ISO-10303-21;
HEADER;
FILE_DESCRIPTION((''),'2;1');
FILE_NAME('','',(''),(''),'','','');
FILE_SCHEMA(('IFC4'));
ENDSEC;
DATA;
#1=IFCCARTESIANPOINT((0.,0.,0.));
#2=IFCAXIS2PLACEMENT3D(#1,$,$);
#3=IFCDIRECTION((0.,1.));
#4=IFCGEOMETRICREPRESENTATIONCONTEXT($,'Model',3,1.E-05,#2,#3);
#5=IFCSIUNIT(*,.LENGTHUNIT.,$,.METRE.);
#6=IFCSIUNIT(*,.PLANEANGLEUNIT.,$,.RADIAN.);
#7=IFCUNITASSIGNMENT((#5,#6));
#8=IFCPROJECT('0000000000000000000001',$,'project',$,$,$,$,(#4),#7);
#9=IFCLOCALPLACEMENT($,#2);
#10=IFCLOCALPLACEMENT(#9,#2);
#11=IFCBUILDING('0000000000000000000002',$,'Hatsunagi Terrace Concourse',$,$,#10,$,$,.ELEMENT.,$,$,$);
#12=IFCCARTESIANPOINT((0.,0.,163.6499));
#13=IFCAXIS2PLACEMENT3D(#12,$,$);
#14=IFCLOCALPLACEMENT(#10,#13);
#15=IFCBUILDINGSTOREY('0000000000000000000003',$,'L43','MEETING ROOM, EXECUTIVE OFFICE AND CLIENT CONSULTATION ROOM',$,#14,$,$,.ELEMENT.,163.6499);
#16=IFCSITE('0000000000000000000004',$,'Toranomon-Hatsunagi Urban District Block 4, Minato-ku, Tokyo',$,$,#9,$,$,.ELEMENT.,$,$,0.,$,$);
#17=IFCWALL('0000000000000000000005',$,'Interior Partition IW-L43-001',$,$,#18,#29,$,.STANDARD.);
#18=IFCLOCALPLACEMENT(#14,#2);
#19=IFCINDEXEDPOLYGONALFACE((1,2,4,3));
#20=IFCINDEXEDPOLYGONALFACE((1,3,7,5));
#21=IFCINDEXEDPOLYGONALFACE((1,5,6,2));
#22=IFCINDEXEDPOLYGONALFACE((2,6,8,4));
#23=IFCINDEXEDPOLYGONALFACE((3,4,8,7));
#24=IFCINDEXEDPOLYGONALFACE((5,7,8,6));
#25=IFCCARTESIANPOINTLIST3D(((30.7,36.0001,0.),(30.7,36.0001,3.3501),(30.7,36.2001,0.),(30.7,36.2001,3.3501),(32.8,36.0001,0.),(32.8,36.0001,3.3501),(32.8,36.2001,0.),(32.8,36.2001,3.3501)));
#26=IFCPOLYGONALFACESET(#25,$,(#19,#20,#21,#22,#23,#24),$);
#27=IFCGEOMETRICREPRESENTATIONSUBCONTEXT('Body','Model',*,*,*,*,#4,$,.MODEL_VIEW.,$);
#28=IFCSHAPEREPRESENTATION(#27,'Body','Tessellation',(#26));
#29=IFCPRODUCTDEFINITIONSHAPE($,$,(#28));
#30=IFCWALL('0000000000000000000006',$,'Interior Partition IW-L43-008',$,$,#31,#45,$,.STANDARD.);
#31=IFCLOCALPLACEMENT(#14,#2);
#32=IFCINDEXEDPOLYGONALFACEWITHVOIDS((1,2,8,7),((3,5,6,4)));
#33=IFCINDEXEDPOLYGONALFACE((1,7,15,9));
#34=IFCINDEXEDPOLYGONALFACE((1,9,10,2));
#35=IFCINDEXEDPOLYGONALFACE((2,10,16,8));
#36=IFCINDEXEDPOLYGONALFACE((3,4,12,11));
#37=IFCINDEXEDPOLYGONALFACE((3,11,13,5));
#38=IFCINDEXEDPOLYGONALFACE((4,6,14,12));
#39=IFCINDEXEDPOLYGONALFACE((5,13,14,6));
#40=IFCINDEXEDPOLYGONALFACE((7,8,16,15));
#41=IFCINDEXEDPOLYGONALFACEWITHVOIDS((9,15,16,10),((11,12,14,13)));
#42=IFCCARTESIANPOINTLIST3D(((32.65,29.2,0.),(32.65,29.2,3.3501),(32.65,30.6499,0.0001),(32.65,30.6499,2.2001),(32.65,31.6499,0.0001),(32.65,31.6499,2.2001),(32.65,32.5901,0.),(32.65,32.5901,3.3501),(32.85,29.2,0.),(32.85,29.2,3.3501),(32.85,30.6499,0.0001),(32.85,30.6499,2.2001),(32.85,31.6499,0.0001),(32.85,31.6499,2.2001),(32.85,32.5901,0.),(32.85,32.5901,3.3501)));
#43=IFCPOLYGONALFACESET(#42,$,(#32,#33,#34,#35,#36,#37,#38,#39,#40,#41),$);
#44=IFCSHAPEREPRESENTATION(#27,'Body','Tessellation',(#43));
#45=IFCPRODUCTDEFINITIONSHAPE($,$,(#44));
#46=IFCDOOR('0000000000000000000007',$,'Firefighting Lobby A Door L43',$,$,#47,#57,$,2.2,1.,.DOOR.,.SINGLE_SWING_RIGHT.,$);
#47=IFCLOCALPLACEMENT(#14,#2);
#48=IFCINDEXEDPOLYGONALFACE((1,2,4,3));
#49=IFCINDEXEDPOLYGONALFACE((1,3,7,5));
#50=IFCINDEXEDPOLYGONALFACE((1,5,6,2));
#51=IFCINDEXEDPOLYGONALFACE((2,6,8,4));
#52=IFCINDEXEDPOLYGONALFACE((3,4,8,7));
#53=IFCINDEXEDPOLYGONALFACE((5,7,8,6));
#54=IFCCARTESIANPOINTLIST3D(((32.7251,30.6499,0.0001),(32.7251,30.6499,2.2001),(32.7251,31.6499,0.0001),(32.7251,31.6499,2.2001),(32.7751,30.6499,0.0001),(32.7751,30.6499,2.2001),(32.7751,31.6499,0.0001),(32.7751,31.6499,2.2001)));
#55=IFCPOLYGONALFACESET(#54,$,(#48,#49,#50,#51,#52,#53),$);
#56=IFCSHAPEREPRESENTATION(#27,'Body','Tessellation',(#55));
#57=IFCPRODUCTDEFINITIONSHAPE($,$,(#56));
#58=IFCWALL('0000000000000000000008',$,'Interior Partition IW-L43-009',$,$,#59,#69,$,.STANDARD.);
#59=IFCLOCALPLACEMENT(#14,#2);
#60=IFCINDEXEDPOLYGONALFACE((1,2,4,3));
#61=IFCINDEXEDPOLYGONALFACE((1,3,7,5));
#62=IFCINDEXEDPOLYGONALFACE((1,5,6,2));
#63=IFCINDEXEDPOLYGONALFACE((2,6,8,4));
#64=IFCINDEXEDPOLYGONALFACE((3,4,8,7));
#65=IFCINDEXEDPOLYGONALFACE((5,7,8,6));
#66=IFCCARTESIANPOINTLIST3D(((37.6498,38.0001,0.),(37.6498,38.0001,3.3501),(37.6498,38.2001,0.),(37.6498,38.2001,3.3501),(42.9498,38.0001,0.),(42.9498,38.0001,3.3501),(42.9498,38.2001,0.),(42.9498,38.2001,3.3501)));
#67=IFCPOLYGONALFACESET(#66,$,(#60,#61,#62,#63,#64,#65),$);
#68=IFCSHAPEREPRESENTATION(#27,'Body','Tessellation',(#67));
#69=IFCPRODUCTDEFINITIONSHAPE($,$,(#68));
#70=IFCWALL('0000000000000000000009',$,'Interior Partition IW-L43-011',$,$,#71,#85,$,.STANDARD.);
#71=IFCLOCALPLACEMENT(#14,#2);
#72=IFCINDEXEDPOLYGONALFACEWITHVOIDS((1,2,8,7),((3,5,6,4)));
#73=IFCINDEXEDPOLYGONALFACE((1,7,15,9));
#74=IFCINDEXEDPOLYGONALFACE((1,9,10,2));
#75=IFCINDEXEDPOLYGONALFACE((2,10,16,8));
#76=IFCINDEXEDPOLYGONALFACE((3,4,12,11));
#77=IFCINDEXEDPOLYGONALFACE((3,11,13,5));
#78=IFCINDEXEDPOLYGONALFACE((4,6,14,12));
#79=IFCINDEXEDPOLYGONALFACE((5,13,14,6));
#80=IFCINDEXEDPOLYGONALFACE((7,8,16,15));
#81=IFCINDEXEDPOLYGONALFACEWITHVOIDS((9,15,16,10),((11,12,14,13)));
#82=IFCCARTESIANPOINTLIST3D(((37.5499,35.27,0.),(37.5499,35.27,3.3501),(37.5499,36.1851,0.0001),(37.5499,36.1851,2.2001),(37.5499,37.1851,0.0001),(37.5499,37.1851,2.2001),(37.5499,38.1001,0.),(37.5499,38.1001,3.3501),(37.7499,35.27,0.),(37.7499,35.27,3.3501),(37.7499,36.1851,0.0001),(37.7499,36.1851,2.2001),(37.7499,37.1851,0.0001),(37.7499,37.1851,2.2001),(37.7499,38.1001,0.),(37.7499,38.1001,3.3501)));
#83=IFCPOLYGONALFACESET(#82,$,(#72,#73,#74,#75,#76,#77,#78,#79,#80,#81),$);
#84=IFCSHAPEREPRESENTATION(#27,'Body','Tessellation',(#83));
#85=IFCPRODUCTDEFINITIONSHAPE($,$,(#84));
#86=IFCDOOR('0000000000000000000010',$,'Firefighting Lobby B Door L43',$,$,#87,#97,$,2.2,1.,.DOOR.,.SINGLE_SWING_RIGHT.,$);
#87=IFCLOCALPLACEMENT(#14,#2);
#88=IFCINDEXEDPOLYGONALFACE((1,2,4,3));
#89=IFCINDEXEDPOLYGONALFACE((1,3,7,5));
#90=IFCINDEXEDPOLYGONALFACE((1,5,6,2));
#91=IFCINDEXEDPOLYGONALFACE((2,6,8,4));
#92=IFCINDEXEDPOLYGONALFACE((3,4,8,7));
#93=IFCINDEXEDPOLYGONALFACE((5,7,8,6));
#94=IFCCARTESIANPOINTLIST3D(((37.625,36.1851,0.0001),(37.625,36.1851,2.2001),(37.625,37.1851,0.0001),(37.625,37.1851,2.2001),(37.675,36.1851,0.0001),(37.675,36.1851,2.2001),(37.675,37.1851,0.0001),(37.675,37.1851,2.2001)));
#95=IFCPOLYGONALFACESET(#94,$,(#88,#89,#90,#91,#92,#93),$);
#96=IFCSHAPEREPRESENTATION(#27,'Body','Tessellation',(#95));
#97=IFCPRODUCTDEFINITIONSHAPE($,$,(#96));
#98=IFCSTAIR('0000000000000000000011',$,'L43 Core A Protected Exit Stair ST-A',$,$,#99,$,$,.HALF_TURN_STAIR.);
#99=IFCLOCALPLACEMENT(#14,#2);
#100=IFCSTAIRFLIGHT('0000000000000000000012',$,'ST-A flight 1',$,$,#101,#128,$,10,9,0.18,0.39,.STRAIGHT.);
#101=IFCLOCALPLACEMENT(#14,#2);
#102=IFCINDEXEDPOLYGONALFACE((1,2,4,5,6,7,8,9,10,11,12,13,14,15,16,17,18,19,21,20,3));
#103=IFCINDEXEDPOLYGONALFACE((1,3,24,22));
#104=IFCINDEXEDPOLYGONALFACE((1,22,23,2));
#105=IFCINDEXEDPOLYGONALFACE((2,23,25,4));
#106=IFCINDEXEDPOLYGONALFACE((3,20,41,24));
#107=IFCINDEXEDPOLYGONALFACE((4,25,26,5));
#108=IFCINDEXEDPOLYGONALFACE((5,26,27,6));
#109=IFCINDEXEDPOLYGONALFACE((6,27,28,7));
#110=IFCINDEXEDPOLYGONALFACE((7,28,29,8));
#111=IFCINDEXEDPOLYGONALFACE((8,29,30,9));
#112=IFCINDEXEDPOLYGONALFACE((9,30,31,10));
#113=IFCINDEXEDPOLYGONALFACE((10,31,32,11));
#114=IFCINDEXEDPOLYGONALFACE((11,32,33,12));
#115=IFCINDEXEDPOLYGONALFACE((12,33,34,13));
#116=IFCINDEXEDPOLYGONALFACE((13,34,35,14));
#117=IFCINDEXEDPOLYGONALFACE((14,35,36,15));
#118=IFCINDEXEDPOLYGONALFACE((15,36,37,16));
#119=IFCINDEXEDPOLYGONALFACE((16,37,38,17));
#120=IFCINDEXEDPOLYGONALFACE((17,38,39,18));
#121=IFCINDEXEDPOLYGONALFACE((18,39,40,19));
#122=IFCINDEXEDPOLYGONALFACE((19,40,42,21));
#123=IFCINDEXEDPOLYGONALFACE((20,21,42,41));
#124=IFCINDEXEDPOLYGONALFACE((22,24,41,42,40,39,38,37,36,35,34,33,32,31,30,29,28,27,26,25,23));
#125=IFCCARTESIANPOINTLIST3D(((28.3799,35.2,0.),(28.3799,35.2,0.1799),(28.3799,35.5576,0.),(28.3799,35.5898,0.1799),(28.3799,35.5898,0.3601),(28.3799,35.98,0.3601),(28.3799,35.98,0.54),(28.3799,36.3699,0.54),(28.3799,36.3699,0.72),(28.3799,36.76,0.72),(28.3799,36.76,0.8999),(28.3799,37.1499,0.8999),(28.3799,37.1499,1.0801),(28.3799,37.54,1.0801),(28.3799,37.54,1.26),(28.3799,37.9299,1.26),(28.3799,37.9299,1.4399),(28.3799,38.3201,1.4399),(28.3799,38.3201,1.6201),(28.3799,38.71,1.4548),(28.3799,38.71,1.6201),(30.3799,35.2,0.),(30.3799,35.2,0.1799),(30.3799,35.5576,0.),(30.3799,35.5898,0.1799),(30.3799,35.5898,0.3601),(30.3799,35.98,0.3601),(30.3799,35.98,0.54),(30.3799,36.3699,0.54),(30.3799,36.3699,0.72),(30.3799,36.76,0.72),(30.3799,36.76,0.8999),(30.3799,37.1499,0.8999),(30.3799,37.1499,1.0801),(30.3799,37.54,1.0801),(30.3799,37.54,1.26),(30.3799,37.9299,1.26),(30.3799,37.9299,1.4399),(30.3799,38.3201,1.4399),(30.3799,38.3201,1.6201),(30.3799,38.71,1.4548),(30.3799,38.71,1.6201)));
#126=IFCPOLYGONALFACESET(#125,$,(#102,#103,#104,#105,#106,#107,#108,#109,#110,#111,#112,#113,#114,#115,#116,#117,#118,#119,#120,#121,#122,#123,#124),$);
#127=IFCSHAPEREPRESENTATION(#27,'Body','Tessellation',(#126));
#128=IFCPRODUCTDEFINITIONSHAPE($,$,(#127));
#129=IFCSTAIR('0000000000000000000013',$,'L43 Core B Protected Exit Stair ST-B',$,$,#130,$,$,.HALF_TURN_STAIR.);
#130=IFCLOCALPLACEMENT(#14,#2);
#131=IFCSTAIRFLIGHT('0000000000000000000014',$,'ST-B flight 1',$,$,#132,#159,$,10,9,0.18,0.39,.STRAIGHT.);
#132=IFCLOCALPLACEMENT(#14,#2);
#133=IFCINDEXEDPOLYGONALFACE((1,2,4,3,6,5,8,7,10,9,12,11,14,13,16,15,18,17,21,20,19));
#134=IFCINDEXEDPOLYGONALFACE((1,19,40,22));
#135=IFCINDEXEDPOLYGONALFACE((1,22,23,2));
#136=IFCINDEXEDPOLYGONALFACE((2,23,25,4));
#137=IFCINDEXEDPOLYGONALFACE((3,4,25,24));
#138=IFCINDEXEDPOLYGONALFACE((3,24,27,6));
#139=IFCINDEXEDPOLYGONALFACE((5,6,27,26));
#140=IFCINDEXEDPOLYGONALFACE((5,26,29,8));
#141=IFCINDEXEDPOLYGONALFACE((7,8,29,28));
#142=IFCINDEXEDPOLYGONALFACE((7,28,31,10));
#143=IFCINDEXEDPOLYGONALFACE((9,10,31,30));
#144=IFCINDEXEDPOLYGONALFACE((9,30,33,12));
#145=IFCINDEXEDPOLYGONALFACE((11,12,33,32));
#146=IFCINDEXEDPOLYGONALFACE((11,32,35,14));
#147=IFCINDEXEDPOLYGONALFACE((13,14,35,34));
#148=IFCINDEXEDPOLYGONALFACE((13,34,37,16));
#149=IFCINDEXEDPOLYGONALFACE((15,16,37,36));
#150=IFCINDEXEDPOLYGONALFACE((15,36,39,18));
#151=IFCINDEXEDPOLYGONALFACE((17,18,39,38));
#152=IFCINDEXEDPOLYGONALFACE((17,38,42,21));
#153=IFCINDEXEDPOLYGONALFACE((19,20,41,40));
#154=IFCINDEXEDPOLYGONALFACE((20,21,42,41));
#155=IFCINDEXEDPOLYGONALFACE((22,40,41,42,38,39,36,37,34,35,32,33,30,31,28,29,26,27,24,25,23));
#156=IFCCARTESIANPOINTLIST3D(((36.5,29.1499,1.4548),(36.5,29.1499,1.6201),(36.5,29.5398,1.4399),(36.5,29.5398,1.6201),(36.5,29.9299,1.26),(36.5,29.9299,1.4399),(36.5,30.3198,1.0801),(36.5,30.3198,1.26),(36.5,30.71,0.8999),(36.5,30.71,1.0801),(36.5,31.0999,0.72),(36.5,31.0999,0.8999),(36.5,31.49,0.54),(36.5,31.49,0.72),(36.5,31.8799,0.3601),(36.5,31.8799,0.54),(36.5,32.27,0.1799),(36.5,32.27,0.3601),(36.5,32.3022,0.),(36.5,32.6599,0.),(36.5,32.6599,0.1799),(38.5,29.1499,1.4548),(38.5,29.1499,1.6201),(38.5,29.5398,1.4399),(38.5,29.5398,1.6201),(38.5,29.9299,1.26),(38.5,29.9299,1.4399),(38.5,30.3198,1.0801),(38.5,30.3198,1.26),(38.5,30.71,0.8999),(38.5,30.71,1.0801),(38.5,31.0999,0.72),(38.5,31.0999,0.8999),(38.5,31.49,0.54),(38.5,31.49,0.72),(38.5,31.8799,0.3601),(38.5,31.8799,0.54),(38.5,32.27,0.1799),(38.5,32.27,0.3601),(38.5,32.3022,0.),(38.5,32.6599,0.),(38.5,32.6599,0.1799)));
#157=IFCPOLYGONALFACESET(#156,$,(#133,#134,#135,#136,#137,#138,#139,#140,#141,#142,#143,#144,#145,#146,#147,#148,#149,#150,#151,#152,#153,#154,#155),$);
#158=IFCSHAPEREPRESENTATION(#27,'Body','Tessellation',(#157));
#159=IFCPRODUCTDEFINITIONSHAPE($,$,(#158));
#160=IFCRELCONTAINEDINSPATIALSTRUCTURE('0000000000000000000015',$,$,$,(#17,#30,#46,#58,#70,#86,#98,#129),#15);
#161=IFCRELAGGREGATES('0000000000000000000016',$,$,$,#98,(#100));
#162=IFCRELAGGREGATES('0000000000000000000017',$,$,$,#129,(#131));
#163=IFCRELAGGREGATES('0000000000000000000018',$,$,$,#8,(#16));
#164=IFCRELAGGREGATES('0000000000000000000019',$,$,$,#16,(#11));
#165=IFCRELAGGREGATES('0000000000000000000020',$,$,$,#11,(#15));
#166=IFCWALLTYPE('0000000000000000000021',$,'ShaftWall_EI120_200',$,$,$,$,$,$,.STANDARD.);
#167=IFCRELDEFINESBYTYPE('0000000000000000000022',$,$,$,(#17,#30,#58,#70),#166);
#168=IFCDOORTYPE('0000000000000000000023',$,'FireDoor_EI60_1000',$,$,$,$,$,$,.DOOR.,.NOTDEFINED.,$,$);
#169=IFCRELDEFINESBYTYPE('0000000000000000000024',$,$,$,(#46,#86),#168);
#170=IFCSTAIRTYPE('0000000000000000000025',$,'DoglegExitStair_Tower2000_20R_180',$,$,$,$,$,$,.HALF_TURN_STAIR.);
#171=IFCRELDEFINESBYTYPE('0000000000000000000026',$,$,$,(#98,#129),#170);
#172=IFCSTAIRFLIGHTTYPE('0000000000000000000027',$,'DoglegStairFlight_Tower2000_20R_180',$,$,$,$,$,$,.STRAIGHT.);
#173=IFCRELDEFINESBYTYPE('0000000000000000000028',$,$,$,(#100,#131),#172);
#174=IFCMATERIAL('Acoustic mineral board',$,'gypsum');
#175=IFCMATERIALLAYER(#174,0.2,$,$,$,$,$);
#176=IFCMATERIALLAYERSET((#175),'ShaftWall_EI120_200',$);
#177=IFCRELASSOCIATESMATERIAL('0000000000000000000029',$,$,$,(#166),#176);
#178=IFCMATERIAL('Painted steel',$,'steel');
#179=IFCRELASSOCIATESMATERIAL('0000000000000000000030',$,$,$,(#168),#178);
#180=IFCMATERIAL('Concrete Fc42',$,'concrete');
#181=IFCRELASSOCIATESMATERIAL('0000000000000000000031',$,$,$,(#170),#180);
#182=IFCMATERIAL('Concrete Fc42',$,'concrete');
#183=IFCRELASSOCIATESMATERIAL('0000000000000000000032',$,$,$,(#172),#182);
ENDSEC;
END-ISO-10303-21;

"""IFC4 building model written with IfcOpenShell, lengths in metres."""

from ifc_helpers import new_model, si_unit, direction, frame, frame_2d, origin, place, context, subcontext, project, spatial, polyline, rectangle, outline, extrude, material, layer, layer_set, type_object, element, fill, aggregate, save


model = new_model("IFC4")

# Units and contexts
model_context = context("Model", 3, precision=1e-05, world=origin(), true_north=direction((0.0, 1.0)))
body_context = subcontext(model_context, "Body", "Model", "MODEL_VIEW")
ifc_project = project(units=[si_unit("LENGTHUNIT", "METRE"), si_unit("PLANEANGLEUNIT", "RADIAN")], contexts=[model_context])

# Site, building, storey
site_placement = place(None, origin())
site = spatial("IfcSite", under=ifc_project, at=site_placement, Name="Toranomon-Hatsunagi Urban District Block 4, Minato-ku, Tokyo", CompositionType="ELEMENT", RefElevation=0.0)
building_placement = place(site_placement, origin())
building = spatial("IfcBuilding", under=site, at=building_placement, Name="Hatsunagi Terrace Concourse", CompositionType="ELEMENT")
storey_placement = place(building_placement, frame((0.0, 0.0, 163.6499)))
storey = spatial("IfcBuildingStorey", under=building, at=storey_placement, Name="L43", Description="MEETING ROOM, EXECUTIVE OFFICE AND CLIENT CONSULTATION ROOM", CompositionType="ELEMENT", Elevation=163.6499)

# Wall
ifc_material_1 = material(Name="Acoustic mineral board", Category="gypsum")
ifc_layer_1 = layer(ifc_material_1, 0.2)
ifc_layer_set_1 = layer_set([ifc_layer_1], Name="ShaftWall_EI120_200")
wall_type_1 = type_object("IfcWallType", Name="ShaftWall_EI120_200", PredefinedType="STANDARD", material=ifc_layer_set_1)
wall_1_placement = place(storey_placement, frame((30.7, 36.1001, 0.0), z_axis=(0.0, 0.0, 1.0), x_axis=(1.0, 0.0, 0.0)))
element("IfcWall", 1, at=wall_1_placement, inside=storey, type_object=wall_type_1, Name="Interior Partition IW-L43-001", PredefinedType="STANDARD", context=body_context, shape_type="SweptSolid", body=[
    extrude(rectangle(XDim=2.1001, YDim=0.2, at=frame_2d((1.05, 0.0))), origin(), (0.0, 0.0, 1.0), 3.3501),
])

# Wall, opening, door
wall_2_placement = place(storey_placement, frame((32.75, 29.2, 0.0), z_axis=(0.0, 0.0, 1.0), x_axis=(0.0, 1.0, 0.0)))
wall_2 = element("IfcWall", 2, at=wall_2_placement, inside=storey, type_object=wall_type_1, Name="Interior Partition IW-L43-008", PredefinedType="STANDARD", context=body_context, shape_type="SweptSolid", body=[
    extrude(rectangle(XDim=3.3901, YDim=0.2, at=frame_2d((1.6951, 0.0))), origin(), (0.0, 0.0, 1.0), 3.3501),
])
opening_1_placement = place(wall_2_placement, frame((1.45, 0.0, 0.0)))
opening_1 = element("IfcOpeningElement", 3, at=opening_1_placement, cuts=wall_2, PredefinedType="OPENING", context=body_context, shape_type="SweptSolid", body=[
    extrude(rectangle(XDim=1.0, YDim=2.2, at=frame_2d((0.5, 1.1001))), frame((0.0, 0.1099, 0.0), z_axis=(0.0, -1.0, 0.0), x_axis=(1.0, 0.0, 0.0)), (0.0, 0.0, 1.0), 0.22),
])
ifc_material_2 = material(Name="Painted steel", Category="steel")
door_type_1 = type_object("IfcDoorType", Name="FireDoor_EI60_1000", OperationType="NOTDEFINED", PredefinedType="DOOR", material=ifc_material_2)
door_1_placement = place(opening_1_placement, origin())
door_1 = element("IfcDoor", 4, at=door_1_placement, inside=storey, type_object=door_type_1, Name="Firefighting Lobby A Door L43", OperationType="SINGLE_SWING_RIGHT", OverallHeight=2.2, OverallWidth=1.0, PredefinedType="DOOR", context=body_context, shape_type="SweptSolid", body=[
    extrude(rectangle(XDim=1.0, YDim=2.2, at=frame_2d((0.5, 1.1001))), frame((0.0, 0.0249, 0.0), z_axis=(0.0, -1.0, 0.0), x_axis=(1.0, 0.0, 0.0)), (0.0, 0.0, 1.0), 0.05),
])
fill(opening_1, door_1)

# Wall
wall_3_placement = place(storey_placement, frame((37.6499, 38.1001, 0.0), z_axis=(0.0, 0.0, 1.0), x_axis=(1.0, 0.0, 0.0)))
element("IfcWall", 5, at=wall_3_placement, inside=storey, type_object=wall_type_1, Name="Interior Partition IW-L43-009", PredefinedType="STANDARD", context=body_context, shape_type="SweptSolid", body=[
    extrude(rectangle(XDim=5.3, YDim=0.2, at=frame_2d((2.6499, 0.0))), origin(), (0.0, 0.0, 1.0), 3.3501),
])

# Wall, opening, door
wall_4_placement = place(storey_placement, frame((37.6499, 35.27, 0.0), z_axis=(0.0, 0.0, 1.0), x_axis=(0.0, 1.0, 0.0)))
wall_4 = element("IfcWall", 6, at=wall_4_placement, inside=storey, type_object=wall_type_1, Name="Interior Partition IW-L43-011", PredefinedType="STANDARD", context=body_context, shape_type="SweptSolid", body=[
    extrude(rectangle(XDim=2.8301, YDim=0.2, at=frame_2d((1.415, 0.0))), origin(), (0.0, 0.0, 1.0), 3.3501),
])
opening_2_placement = place(wall_4_placement, frame((0.915, 0.0, 0.0)))
opening_2 = element("IfcOpeningElement", 7, at=opening_2_placement, cuts=wall_4, PredefinedType="OPENING", context=body_context, shape_type="SweptSolid", body=[
    extrude(rectangle(XDim=1.0, YDim=2.2, at=frame_2d((0.5, 1.1001))), frame((0.0, 0.1099, 0.0), z_axis=(0.0, -1.0, 0.0), x_axis=(1.0, 0.0, 0.0)), (0.0, 0.0, 1.0), 0.22),
])
door_2_placement = place(opening_2_placement, origin())
door_2 = element("IfcDoor", 8, at=door_2_placement, inside=storey, type_object=door_type_1, Name="Firefighting Lobby B Door L43", OperationType="SINGLE_SWING_RIGHT", OverallHeight=2.2, OverallWidth=1.0, PredefinedType="DOOR", context=body_context, shape_type="SweptSolid", body=[
    extrude(rectangle(XDim=1.0, YDim=2.2, at=frame_2d((0.5, 1.1001))), frame((0.0, 0.0249, 0.0), z_axis=(0.0, -1.0, 0.0), x_axis=(1.0, 0.0, 0.0)), (0.0, 0.0, 1.0), 0.05),
])
fill(opening_2, door_2)

# Stairs, stair flights
ifc_material_3 = material(Name="Concrete Fc42", Category="concrete")
stair_type = type_object("IfcStairType", Name="DoglegExitStair_Tower2000_20R_180", PredefinedType="HALF_TURN_STAIR", material=ifc_material_3)
stair_1_placement = place(storey_placement, origin())
stair_1 = element("IfcStair", 9, at=stair_1_placement, inside=storey, type_object=stair_type, Name="L43 Core A Protected Exit Stair ST-A", PredefinedType="HALF_TURN_STAIR")
ifc_material_4 = material(Name="Concrete Fc42", Category="concrete")
stair_flight_type = type_object("IfcStairFlightType", Name="DoglegStairFlight_Tower2000_20R_180", PredefinedType="STRAIGHT", material=ifc_material_4)
stair_flight_1_placement = place(storey_placement, frame((29.3799, 35.2, 0.0), z_axis=(0.0, 0.0, 1.0), x_axis=(0.0, 1.0, 0.0)))
stair_flight_1 = element("IfcStairFlight", 10, at=stair_flight_1_placement, type_object=stair_flight_type, Name="ST-A flight 1", NumberOfRisers=10, NumberOfTreads=9, PredefinedType="STRAIGHT", RiserHeight=0.18, TreadLength=0.39, context=body_context, shape_type="SweptSolid", body=[
    extrude(outline(polyline([(0.0, 0.0), (0.0, 0.1799), (0.3899, 0.1799), (0.3899, 0.3601), (0.78, 0.3601), (0.78, 0.54), (1.1699, 0.54), (1.1699, 0.72), (1.5601, 0.72), (1.5601, 0.8999), (1.95, 0.8999), (1.95, 1.0801), (2.3401, 1.0801), (2.3401, 1.26), (2.73, 1.26), (2.73, 1.4399), (3.1201, 1.4399), (3.1201, 1.6201), (3.51, 1.6201), (3.51, 1.8), (3.51, 1.4548), (0.3577, 0.0), (0.0, 0.0)])), frame((0.0, 1.0, 0.0), z_axis=(0.0, -1.0, 0.0), x_axis=(1.0, 0.0, 0.0)), (0.0, 0.0, 1.0), 2.0),
])
aggregate(stair_1, [stair_flight_1])
stair_2_placement = place(storey_placement, origin())
stair_2 = element("IfcStair", 11, at=stair_2_placement, inside=storey, type_object=stair_type, Name="L43 Core B Protected Exit Stair ST-B", PredefinedType="HALF_TURN_STAIR")
stair_flight_2_placement = place(storey_placement, frame((37.5, 32.6599, 0.0), z_axis=(0.0, 0.0, 1.0), x_axis=(0.0, -1.0, 0.0)))
stair_flight_2 = element("IfcStairFlight", 12, at=stair_flight_2_placement, type_object=stair_flight_type, Name="ST-B flight 1", NumberOfRisers=10, NumberOfTreads=9, PredefinedType="STRAIGHT", RiserHeight=0.18, TreadLength=0.39, context=body_context, shape_type="SweptSolid", body=[
    extrude(outline(polyline([(0.0, 0.0), (0.0, 0.1799), (0.3899, 0.1799), (0.3899, 0.3601), (0.78, 0.3601), (0.78, 0.54), (1.1699, 0.54), (1.1699, 0.72), (1.5601, 0.72), (1.5601, 0.8999), (1.95, 0.8999), (1.95, 1.0801), (2.3401, 1.0801), (2.3401, 1.26), (2.73, 1.26), (2.73, 1.4399), (3.1201, 1.4399), (3.1201, 1.6201), (3.51, 1.6201), (3.51, 1.8), (3.51, 1.4548), (0.3577, 0.0), (0.0, 0.0)])), frame((0.0, 1.0, 0.0), z_axis=(0.0, -1.0, 0.0), x_axis=(1.0, 0.0, 0.0)), (0.0, 0.0, 1.0), 2.0),
])
aggregate(stair_2, [stair_flight_2])

save(model, "model.ifc")
